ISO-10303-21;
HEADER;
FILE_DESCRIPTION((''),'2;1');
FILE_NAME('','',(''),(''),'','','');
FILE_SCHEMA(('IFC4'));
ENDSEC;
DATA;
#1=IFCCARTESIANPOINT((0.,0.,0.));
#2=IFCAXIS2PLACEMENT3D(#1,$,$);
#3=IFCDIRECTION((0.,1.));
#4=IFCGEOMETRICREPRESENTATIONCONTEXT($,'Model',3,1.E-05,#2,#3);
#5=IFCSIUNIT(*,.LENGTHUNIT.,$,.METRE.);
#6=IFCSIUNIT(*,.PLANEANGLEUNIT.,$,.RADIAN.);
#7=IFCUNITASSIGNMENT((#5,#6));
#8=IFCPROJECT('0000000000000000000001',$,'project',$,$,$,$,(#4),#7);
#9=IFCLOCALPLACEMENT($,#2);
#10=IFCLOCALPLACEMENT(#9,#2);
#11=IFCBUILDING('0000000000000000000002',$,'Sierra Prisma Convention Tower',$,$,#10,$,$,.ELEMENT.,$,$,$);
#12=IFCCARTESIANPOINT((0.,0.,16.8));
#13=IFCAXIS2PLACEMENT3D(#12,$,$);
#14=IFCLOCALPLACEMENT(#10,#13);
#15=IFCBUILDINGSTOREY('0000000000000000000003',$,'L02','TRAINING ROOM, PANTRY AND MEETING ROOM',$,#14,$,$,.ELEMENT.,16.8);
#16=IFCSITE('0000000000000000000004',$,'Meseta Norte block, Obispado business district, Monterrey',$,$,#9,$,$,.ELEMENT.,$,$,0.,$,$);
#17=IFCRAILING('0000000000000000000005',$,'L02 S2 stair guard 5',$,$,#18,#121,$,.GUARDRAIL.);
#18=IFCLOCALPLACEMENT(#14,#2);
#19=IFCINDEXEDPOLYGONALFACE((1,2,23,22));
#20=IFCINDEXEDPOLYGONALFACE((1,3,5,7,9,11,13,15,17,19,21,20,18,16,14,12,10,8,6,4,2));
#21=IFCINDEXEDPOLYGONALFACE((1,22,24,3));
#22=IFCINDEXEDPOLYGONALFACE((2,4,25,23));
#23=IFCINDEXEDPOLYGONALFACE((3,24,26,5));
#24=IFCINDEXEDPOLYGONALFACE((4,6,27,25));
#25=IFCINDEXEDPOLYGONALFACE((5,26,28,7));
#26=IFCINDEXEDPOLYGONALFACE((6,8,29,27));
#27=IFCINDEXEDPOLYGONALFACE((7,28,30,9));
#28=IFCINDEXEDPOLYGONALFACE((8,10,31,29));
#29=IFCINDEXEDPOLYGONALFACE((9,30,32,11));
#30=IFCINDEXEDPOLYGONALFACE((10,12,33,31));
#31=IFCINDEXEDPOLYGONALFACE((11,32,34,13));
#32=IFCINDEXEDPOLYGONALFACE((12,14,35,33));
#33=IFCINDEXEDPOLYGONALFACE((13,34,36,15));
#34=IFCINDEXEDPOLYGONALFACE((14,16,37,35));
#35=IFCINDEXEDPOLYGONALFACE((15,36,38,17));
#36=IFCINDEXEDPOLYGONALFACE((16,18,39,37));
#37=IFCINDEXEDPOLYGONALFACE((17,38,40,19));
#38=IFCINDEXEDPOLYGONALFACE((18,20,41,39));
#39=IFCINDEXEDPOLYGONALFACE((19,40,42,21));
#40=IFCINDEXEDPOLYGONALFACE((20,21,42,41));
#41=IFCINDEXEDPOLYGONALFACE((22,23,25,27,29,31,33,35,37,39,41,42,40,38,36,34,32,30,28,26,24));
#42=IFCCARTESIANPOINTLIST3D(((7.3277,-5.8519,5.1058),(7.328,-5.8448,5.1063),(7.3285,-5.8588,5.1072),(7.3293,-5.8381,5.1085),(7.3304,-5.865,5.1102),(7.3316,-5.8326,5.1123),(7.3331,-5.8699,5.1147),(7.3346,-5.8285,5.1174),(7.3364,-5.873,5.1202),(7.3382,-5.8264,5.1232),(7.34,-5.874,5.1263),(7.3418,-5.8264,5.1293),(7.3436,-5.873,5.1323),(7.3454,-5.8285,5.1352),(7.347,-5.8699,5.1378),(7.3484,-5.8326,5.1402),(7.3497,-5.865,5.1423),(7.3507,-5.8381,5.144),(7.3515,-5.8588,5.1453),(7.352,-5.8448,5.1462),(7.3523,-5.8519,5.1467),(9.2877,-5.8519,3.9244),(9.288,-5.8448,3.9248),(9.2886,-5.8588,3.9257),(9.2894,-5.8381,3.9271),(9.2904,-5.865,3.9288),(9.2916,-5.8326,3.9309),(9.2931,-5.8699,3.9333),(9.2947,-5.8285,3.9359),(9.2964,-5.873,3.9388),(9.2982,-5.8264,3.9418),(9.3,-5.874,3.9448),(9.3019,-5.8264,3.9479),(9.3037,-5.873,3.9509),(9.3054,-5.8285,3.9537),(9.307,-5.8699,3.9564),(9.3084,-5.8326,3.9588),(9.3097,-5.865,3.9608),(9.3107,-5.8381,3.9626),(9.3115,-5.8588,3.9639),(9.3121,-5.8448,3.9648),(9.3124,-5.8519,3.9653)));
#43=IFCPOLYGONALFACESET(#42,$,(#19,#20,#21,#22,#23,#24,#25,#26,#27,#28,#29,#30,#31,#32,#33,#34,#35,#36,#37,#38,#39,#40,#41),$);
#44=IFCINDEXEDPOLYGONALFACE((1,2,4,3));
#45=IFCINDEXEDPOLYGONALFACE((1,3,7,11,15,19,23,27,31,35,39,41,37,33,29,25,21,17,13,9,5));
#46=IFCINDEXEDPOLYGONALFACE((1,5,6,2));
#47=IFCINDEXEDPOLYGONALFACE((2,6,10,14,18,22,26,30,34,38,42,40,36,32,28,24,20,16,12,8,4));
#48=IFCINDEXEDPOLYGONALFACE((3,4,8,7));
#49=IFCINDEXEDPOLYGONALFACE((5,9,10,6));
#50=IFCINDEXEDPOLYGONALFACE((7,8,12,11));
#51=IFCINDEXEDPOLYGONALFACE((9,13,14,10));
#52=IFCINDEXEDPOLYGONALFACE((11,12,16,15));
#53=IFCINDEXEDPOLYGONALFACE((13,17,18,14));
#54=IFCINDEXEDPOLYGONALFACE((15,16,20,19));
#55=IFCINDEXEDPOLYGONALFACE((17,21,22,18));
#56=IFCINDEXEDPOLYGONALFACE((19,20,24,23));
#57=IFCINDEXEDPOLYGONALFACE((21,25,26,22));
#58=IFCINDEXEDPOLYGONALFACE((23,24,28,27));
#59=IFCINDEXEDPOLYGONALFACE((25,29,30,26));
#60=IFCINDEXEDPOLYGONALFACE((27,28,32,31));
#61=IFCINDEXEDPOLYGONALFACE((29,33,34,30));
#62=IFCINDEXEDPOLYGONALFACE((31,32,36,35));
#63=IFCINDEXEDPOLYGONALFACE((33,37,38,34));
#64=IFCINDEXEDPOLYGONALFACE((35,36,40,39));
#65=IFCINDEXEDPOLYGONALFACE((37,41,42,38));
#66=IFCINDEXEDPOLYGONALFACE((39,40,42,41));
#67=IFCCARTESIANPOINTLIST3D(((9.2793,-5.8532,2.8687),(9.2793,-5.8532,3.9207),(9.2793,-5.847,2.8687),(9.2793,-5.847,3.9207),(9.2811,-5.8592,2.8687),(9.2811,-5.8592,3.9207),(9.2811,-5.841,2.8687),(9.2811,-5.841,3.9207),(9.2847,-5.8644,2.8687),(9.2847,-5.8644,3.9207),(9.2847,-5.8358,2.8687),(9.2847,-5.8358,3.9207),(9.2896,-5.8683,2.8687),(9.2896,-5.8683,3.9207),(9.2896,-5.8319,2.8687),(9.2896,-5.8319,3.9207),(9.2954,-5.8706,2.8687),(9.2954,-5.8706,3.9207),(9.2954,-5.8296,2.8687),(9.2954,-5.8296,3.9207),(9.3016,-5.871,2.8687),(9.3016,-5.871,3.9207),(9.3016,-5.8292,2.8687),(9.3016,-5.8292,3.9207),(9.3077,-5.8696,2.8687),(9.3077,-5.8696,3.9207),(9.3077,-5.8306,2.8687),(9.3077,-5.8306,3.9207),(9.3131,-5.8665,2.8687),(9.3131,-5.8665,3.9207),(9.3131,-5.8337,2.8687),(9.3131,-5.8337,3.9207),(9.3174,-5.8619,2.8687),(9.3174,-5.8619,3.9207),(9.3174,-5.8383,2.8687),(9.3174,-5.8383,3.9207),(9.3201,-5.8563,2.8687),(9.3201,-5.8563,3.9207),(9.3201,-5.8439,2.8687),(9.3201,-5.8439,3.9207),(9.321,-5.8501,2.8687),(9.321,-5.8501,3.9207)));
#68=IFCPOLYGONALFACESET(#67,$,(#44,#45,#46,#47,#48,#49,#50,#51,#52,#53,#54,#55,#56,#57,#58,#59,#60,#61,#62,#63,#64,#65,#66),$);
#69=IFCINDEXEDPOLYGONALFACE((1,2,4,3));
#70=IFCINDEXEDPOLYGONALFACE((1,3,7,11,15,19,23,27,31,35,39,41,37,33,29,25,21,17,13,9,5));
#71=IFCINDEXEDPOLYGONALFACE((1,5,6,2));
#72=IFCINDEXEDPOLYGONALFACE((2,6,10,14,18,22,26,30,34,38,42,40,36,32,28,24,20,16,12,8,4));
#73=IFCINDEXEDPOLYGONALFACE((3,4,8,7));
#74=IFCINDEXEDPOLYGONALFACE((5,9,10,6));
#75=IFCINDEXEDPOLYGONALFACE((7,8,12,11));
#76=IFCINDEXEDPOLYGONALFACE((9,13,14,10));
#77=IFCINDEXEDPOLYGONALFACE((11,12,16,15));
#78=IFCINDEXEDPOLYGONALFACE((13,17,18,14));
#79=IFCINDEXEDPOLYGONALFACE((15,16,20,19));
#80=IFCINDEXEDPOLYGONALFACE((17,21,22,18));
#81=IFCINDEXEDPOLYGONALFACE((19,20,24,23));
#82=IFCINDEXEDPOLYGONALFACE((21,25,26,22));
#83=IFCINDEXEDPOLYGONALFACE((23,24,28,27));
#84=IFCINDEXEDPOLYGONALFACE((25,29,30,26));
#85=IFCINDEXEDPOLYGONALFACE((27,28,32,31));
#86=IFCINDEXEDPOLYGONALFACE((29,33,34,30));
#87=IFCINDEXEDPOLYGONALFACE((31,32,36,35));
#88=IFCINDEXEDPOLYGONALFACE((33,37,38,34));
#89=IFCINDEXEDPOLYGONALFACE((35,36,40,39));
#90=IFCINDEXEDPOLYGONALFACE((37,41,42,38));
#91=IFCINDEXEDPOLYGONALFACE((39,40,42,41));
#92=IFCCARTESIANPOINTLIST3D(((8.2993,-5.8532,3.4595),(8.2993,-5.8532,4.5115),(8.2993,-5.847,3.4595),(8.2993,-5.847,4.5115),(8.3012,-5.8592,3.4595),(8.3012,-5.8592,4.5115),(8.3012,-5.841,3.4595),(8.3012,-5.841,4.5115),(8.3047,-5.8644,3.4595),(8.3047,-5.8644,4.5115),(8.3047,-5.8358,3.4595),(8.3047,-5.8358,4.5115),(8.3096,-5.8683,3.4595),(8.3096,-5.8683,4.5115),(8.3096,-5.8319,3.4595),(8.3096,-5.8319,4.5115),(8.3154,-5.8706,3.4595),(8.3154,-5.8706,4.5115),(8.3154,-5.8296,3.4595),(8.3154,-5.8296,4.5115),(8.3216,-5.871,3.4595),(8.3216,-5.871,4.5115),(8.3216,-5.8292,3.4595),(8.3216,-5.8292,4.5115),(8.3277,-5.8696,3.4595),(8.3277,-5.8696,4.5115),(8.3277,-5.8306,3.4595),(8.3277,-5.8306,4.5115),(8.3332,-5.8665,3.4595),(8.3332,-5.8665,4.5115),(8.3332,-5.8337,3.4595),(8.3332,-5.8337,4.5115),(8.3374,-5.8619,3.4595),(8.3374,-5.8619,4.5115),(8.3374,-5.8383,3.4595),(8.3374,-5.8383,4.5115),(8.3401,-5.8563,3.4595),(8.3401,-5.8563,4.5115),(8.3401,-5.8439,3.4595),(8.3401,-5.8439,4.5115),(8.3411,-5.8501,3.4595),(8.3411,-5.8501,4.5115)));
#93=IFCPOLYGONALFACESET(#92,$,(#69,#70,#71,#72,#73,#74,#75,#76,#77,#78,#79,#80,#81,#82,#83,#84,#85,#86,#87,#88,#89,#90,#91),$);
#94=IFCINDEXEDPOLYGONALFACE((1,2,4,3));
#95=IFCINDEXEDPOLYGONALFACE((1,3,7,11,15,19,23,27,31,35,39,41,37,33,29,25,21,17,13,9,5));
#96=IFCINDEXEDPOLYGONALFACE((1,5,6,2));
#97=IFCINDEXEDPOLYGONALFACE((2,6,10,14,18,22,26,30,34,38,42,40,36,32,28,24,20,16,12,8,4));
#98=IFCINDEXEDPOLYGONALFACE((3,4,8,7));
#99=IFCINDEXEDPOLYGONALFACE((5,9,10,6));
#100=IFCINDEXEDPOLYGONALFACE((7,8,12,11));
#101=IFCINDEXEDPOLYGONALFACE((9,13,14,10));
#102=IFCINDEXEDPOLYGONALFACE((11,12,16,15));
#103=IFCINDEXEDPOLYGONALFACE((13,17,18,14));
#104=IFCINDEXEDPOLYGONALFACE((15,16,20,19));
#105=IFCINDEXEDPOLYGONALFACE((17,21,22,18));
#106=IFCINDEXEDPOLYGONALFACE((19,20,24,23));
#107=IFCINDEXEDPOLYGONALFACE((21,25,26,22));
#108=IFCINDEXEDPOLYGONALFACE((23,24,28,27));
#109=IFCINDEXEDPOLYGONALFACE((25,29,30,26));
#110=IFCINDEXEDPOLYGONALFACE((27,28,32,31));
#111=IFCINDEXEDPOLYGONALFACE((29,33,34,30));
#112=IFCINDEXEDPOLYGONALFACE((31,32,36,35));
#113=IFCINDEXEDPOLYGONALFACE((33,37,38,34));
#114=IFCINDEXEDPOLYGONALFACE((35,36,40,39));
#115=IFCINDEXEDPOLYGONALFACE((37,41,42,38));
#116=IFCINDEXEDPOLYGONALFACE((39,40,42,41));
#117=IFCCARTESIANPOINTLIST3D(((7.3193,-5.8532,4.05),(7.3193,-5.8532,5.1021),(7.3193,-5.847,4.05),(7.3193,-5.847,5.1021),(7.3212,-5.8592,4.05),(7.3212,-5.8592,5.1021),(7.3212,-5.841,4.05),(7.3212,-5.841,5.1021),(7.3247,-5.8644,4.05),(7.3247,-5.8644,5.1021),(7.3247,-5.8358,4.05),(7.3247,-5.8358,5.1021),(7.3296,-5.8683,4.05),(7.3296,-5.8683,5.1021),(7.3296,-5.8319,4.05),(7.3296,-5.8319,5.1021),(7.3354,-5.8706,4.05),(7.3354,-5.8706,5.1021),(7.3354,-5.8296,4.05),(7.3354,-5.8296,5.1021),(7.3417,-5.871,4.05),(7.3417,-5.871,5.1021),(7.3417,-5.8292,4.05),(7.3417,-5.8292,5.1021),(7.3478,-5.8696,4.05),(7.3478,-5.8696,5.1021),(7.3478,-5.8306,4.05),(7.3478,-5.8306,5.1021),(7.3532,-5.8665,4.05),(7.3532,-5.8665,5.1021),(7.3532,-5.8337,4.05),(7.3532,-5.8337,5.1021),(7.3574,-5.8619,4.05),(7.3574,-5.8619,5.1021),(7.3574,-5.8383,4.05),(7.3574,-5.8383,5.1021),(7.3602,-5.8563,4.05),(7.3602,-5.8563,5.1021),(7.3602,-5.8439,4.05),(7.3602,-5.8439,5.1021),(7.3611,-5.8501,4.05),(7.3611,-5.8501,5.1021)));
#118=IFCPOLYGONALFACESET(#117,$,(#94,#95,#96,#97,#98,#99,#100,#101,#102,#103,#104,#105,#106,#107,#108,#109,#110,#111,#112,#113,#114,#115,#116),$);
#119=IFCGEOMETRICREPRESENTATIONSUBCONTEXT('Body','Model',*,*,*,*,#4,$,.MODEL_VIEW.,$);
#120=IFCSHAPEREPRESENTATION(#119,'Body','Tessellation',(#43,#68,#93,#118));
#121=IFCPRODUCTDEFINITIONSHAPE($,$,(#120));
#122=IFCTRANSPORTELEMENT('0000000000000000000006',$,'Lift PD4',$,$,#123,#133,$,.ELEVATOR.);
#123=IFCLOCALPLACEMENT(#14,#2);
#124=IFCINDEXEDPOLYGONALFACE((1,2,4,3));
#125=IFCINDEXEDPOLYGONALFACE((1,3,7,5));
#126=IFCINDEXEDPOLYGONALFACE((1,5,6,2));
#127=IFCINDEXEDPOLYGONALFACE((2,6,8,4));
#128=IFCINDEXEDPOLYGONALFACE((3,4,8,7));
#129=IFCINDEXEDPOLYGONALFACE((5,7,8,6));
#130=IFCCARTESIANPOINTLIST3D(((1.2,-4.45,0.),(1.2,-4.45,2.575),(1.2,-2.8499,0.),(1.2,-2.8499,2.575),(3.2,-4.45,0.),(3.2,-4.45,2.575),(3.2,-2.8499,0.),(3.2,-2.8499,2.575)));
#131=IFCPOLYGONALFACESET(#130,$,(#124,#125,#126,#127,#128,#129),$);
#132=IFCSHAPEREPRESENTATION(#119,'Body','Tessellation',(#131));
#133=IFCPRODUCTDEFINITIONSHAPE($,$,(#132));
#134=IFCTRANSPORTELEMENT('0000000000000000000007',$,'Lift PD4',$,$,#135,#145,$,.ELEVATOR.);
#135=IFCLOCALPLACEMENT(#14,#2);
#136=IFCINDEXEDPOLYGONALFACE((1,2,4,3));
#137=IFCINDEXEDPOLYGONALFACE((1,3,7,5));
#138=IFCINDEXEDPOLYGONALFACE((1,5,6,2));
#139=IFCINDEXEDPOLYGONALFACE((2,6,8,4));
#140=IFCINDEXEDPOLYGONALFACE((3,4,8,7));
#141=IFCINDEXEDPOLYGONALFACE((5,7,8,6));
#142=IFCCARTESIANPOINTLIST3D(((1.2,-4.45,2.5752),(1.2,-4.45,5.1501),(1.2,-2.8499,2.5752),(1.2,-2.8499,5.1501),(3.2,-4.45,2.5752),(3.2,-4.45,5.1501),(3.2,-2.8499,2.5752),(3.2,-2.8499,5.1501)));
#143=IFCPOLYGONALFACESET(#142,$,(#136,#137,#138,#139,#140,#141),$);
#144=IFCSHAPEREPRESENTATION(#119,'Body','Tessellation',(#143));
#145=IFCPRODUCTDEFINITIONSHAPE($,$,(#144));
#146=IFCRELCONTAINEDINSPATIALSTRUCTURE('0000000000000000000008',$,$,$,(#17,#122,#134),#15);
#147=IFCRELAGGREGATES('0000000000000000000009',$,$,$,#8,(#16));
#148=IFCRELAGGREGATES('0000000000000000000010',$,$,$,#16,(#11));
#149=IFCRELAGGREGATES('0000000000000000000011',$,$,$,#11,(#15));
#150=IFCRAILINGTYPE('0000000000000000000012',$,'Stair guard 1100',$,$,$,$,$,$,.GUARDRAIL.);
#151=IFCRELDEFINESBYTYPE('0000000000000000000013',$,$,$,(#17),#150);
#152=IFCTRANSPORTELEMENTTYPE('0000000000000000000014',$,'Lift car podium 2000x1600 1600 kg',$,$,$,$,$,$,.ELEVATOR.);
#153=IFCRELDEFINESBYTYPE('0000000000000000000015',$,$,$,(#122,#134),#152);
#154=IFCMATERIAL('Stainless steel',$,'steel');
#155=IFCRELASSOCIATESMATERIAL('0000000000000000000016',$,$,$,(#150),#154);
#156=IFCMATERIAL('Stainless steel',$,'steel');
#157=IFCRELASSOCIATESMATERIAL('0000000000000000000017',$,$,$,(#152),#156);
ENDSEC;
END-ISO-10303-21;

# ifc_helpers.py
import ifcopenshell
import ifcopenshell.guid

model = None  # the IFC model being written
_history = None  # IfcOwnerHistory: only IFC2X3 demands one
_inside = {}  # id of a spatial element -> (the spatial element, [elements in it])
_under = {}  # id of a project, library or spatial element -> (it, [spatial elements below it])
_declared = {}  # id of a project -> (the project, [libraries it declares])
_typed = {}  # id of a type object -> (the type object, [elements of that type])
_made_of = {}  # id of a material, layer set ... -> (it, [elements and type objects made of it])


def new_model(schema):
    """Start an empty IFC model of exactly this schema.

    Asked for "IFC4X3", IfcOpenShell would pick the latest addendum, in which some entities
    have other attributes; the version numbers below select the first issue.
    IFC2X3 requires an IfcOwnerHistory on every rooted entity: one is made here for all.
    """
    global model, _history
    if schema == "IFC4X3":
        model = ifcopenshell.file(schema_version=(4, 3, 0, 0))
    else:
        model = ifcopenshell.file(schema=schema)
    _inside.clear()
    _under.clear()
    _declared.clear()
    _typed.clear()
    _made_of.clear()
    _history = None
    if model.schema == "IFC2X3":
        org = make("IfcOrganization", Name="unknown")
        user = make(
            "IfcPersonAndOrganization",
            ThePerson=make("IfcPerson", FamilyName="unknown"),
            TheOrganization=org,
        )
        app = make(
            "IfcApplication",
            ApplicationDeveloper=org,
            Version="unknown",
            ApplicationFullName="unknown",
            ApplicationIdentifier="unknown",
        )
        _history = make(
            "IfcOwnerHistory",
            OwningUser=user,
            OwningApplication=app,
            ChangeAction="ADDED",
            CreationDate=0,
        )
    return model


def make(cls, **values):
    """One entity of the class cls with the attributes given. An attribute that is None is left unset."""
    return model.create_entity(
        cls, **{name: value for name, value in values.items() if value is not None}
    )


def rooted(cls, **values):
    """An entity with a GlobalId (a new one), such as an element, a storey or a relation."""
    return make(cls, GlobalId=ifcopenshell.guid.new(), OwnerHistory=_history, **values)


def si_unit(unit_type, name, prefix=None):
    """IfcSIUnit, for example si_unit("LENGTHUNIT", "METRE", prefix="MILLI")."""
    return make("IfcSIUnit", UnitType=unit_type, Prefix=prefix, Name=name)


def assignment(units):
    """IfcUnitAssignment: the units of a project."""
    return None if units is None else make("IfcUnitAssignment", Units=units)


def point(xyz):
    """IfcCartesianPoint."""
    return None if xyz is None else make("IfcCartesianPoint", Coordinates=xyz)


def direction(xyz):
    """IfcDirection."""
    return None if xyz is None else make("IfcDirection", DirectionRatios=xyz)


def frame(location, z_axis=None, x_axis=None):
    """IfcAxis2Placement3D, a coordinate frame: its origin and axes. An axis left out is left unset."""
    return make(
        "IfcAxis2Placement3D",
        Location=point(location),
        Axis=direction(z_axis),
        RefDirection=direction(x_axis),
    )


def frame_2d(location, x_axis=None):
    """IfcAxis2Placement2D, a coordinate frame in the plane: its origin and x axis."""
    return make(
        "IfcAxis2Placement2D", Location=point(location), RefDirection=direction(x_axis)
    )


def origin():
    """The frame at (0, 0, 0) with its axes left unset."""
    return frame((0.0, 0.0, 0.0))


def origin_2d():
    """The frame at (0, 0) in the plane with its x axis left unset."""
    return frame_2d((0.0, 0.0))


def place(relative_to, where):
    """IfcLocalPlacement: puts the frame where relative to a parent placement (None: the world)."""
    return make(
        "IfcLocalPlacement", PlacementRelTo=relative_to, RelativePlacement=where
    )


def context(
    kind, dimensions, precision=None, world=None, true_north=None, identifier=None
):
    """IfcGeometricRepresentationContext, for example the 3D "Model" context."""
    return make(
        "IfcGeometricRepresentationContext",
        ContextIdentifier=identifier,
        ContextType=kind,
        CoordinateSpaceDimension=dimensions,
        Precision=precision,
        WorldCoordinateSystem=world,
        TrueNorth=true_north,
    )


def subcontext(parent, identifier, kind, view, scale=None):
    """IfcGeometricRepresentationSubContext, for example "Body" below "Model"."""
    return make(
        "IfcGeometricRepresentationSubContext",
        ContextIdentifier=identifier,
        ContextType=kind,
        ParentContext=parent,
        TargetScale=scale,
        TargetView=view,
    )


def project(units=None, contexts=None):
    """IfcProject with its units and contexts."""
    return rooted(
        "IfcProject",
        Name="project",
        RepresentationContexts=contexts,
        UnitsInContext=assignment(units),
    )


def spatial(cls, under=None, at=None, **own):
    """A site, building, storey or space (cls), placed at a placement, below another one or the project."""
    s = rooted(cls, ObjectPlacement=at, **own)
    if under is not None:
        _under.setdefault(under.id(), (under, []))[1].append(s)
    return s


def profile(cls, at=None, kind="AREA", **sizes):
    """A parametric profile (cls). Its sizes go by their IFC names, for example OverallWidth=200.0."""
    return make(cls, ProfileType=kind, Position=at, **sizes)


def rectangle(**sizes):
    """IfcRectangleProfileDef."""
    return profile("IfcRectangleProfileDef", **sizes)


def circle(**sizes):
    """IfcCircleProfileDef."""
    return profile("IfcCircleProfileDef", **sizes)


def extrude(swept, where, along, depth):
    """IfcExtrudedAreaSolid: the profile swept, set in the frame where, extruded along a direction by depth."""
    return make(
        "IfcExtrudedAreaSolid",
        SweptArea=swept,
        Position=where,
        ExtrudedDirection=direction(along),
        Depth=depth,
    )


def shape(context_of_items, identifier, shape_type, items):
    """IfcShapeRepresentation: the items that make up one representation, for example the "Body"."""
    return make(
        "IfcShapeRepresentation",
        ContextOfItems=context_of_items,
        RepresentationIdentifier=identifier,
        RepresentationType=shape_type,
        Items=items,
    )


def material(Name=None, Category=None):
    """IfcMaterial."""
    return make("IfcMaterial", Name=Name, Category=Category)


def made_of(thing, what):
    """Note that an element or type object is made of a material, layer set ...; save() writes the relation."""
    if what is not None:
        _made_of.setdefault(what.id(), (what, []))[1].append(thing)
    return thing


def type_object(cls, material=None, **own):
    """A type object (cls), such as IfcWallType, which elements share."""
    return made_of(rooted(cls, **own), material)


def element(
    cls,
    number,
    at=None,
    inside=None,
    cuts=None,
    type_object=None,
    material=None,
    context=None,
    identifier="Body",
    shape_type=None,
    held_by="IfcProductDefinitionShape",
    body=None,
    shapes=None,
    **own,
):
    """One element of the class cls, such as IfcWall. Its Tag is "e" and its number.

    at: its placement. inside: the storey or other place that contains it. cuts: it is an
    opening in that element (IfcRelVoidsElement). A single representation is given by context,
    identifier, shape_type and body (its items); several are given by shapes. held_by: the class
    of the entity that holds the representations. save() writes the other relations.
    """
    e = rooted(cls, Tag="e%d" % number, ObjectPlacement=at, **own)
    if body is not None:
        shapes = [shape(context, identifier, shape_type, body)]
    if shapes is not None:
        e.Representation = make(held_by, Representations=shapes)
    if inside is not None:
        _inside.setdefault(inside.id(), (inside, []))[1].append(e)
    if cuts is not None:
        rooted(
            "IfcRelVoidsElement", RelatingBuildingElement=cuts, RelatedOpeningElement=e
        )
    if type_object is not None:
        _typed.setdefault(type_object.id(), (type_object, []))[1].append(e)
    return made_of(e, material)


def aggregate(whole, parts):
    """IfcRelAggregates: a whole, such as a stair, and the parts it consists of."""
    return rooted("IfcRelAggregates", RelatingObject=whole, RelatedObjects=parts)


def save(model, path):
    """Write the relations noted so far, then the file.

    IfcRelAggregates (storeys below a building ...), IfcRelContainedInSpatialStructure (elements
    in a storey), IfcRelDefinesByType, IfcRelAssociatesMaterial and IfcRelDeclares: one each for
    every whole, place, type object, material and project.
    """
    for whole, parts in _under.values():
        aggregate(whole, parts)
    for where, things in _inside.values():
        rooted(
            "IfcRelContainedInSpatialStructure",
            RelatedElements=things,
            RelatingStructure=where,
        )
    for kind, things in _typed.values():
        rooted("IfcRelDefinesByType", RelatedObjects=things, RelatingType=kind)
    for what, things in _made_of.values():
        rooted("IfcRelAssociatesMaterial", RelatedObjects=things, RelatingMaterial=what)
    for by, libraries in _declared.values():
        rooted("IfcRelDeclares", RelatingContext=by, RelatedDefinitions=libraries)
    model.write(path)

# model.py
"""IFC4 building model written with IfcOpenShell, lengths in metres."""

from ifc_helpers import new_model, si_unit, direction, frame, origin, origin_2d, place, context, subcontext, project, spatial, rectangle, circle, extrude, material, type_object, element, save


model = new_model("IFC4")

# Units and contexts
model_context = context("Model", 3, precision=1e-05, world=origin(), true_north=direction((0.0, 1.0)))
body_context = subcontext(model_context, "Body", "Model", "MODEL_VIEW")
ifc_project = project(units=[si_unit("LENGTHUNIT", "METRE"), si_unit("PLANEANGLEUNIT", "RADIAN")], contexts=[model_context])

# Site, building, storey
site_placement = place(None, origin())
site = spatial("IfcSite", under=ifc_project, at=site_placement, Name="Meseta Norte block, Obispado business district, Monterrey", CompositionType="ELEMENT", RefElevation=0.0)
building_placement = place(site_placement, origin())
building = spatial("IfcBuilding", under=site, at=building_placement, Name="Sierra Prisma Convention Tower", CompositionType="ELEMENT")
storey_placement = place(building_placement, frame((0.0, 0.0, 16.8)))
storey = spatial("IfcBuildingStorey", under=building, at=storey_placement, Name="L02", Description="TRAINING ROOM, PANTRY AND MEETING ROOM", CompositionType="ELEMENT", Elevation=16.8)

# Railing
ifc_material_1 = material(Name="Stainless steel", Category="steel")
railing_type_1 = type_object("IfcRailingType", Name="Stair guard 1100", PredefinedType="GUARDRAIL", material=ifc_material_1)
railing_1_placement = place(storey_placement, frame((9.3, -5.8501, 2.8687)))
element("IfcRailing", 1, at=railing_1_placement, inside=storey, type_object=railing_type_1, Name="L02 S2 stair guard 5", PredefinedType="GUARDRAIL", context=body_context, shape_type="SweptSolid", body=[
    extrude(circle(Radius=0.0239, at=origin_2d()), frame((0.0, 0.0, 1.0762), z_axis=(-0.856446, 0.0, 0.516236), x_axis=(0.0, -1.0, 0.0)), (0.0, 0.0, 1.0), 2.2886),
    extrude(circle(Radius=0.021, at=origin_2d()), origin(), (0.0, 0.0, 1.0), 1.052),
    extrude(circle(Radius=0.021, at=origin_2d()), frame((-0.98, 0.0, 0.5908)), (0.0, 0.0, 1.0), 1.052),
    extrude(circle(Radius=0.021, at=origin_2d()), frame((-1.96, 0.0, 1.1814)), (0.0, 0.0, 1.0), 1.052),
])

# Transport elements
ifc_material_2 = material(Name="Stainless steel", Category="steel")
transport_element_type = type_object("IfcTransportElementType", Name="Lift car podium 2000x1600 1600 kg", PredefinedType="ELEVATOR", material=ifc_material_2)
for number, where, z_axis, x_axis, name in (
    (2, (2.2, -3.6499, 0.0), (0.0, 0.0, 1.0), (1.0, 0.0, 0.0), "Lift PD4"),
    (3, (2.2, -3.6499, 2.5752), (0.0, 0.0, 1.0), (1.0, 0.0, 0.0), "Lift PD4"),
):
    element("IfcTransportElement", number, at=place(storey_placement, frame(where, z_axis=z_axis, x_axis=x_axis)), inside=storey, type_object=transport_element_type, Name=name, PredefinedType="ELEVATOR", context=body_context, shape_type="SweptSolid", body=[
        extrude(rectangle(XDim=2.0, YDim=1.6001, at=origin_2d()), origin(), (0.0, 0.0, 1.0), 2.575),
    ])

save(model, "model.ifc")
